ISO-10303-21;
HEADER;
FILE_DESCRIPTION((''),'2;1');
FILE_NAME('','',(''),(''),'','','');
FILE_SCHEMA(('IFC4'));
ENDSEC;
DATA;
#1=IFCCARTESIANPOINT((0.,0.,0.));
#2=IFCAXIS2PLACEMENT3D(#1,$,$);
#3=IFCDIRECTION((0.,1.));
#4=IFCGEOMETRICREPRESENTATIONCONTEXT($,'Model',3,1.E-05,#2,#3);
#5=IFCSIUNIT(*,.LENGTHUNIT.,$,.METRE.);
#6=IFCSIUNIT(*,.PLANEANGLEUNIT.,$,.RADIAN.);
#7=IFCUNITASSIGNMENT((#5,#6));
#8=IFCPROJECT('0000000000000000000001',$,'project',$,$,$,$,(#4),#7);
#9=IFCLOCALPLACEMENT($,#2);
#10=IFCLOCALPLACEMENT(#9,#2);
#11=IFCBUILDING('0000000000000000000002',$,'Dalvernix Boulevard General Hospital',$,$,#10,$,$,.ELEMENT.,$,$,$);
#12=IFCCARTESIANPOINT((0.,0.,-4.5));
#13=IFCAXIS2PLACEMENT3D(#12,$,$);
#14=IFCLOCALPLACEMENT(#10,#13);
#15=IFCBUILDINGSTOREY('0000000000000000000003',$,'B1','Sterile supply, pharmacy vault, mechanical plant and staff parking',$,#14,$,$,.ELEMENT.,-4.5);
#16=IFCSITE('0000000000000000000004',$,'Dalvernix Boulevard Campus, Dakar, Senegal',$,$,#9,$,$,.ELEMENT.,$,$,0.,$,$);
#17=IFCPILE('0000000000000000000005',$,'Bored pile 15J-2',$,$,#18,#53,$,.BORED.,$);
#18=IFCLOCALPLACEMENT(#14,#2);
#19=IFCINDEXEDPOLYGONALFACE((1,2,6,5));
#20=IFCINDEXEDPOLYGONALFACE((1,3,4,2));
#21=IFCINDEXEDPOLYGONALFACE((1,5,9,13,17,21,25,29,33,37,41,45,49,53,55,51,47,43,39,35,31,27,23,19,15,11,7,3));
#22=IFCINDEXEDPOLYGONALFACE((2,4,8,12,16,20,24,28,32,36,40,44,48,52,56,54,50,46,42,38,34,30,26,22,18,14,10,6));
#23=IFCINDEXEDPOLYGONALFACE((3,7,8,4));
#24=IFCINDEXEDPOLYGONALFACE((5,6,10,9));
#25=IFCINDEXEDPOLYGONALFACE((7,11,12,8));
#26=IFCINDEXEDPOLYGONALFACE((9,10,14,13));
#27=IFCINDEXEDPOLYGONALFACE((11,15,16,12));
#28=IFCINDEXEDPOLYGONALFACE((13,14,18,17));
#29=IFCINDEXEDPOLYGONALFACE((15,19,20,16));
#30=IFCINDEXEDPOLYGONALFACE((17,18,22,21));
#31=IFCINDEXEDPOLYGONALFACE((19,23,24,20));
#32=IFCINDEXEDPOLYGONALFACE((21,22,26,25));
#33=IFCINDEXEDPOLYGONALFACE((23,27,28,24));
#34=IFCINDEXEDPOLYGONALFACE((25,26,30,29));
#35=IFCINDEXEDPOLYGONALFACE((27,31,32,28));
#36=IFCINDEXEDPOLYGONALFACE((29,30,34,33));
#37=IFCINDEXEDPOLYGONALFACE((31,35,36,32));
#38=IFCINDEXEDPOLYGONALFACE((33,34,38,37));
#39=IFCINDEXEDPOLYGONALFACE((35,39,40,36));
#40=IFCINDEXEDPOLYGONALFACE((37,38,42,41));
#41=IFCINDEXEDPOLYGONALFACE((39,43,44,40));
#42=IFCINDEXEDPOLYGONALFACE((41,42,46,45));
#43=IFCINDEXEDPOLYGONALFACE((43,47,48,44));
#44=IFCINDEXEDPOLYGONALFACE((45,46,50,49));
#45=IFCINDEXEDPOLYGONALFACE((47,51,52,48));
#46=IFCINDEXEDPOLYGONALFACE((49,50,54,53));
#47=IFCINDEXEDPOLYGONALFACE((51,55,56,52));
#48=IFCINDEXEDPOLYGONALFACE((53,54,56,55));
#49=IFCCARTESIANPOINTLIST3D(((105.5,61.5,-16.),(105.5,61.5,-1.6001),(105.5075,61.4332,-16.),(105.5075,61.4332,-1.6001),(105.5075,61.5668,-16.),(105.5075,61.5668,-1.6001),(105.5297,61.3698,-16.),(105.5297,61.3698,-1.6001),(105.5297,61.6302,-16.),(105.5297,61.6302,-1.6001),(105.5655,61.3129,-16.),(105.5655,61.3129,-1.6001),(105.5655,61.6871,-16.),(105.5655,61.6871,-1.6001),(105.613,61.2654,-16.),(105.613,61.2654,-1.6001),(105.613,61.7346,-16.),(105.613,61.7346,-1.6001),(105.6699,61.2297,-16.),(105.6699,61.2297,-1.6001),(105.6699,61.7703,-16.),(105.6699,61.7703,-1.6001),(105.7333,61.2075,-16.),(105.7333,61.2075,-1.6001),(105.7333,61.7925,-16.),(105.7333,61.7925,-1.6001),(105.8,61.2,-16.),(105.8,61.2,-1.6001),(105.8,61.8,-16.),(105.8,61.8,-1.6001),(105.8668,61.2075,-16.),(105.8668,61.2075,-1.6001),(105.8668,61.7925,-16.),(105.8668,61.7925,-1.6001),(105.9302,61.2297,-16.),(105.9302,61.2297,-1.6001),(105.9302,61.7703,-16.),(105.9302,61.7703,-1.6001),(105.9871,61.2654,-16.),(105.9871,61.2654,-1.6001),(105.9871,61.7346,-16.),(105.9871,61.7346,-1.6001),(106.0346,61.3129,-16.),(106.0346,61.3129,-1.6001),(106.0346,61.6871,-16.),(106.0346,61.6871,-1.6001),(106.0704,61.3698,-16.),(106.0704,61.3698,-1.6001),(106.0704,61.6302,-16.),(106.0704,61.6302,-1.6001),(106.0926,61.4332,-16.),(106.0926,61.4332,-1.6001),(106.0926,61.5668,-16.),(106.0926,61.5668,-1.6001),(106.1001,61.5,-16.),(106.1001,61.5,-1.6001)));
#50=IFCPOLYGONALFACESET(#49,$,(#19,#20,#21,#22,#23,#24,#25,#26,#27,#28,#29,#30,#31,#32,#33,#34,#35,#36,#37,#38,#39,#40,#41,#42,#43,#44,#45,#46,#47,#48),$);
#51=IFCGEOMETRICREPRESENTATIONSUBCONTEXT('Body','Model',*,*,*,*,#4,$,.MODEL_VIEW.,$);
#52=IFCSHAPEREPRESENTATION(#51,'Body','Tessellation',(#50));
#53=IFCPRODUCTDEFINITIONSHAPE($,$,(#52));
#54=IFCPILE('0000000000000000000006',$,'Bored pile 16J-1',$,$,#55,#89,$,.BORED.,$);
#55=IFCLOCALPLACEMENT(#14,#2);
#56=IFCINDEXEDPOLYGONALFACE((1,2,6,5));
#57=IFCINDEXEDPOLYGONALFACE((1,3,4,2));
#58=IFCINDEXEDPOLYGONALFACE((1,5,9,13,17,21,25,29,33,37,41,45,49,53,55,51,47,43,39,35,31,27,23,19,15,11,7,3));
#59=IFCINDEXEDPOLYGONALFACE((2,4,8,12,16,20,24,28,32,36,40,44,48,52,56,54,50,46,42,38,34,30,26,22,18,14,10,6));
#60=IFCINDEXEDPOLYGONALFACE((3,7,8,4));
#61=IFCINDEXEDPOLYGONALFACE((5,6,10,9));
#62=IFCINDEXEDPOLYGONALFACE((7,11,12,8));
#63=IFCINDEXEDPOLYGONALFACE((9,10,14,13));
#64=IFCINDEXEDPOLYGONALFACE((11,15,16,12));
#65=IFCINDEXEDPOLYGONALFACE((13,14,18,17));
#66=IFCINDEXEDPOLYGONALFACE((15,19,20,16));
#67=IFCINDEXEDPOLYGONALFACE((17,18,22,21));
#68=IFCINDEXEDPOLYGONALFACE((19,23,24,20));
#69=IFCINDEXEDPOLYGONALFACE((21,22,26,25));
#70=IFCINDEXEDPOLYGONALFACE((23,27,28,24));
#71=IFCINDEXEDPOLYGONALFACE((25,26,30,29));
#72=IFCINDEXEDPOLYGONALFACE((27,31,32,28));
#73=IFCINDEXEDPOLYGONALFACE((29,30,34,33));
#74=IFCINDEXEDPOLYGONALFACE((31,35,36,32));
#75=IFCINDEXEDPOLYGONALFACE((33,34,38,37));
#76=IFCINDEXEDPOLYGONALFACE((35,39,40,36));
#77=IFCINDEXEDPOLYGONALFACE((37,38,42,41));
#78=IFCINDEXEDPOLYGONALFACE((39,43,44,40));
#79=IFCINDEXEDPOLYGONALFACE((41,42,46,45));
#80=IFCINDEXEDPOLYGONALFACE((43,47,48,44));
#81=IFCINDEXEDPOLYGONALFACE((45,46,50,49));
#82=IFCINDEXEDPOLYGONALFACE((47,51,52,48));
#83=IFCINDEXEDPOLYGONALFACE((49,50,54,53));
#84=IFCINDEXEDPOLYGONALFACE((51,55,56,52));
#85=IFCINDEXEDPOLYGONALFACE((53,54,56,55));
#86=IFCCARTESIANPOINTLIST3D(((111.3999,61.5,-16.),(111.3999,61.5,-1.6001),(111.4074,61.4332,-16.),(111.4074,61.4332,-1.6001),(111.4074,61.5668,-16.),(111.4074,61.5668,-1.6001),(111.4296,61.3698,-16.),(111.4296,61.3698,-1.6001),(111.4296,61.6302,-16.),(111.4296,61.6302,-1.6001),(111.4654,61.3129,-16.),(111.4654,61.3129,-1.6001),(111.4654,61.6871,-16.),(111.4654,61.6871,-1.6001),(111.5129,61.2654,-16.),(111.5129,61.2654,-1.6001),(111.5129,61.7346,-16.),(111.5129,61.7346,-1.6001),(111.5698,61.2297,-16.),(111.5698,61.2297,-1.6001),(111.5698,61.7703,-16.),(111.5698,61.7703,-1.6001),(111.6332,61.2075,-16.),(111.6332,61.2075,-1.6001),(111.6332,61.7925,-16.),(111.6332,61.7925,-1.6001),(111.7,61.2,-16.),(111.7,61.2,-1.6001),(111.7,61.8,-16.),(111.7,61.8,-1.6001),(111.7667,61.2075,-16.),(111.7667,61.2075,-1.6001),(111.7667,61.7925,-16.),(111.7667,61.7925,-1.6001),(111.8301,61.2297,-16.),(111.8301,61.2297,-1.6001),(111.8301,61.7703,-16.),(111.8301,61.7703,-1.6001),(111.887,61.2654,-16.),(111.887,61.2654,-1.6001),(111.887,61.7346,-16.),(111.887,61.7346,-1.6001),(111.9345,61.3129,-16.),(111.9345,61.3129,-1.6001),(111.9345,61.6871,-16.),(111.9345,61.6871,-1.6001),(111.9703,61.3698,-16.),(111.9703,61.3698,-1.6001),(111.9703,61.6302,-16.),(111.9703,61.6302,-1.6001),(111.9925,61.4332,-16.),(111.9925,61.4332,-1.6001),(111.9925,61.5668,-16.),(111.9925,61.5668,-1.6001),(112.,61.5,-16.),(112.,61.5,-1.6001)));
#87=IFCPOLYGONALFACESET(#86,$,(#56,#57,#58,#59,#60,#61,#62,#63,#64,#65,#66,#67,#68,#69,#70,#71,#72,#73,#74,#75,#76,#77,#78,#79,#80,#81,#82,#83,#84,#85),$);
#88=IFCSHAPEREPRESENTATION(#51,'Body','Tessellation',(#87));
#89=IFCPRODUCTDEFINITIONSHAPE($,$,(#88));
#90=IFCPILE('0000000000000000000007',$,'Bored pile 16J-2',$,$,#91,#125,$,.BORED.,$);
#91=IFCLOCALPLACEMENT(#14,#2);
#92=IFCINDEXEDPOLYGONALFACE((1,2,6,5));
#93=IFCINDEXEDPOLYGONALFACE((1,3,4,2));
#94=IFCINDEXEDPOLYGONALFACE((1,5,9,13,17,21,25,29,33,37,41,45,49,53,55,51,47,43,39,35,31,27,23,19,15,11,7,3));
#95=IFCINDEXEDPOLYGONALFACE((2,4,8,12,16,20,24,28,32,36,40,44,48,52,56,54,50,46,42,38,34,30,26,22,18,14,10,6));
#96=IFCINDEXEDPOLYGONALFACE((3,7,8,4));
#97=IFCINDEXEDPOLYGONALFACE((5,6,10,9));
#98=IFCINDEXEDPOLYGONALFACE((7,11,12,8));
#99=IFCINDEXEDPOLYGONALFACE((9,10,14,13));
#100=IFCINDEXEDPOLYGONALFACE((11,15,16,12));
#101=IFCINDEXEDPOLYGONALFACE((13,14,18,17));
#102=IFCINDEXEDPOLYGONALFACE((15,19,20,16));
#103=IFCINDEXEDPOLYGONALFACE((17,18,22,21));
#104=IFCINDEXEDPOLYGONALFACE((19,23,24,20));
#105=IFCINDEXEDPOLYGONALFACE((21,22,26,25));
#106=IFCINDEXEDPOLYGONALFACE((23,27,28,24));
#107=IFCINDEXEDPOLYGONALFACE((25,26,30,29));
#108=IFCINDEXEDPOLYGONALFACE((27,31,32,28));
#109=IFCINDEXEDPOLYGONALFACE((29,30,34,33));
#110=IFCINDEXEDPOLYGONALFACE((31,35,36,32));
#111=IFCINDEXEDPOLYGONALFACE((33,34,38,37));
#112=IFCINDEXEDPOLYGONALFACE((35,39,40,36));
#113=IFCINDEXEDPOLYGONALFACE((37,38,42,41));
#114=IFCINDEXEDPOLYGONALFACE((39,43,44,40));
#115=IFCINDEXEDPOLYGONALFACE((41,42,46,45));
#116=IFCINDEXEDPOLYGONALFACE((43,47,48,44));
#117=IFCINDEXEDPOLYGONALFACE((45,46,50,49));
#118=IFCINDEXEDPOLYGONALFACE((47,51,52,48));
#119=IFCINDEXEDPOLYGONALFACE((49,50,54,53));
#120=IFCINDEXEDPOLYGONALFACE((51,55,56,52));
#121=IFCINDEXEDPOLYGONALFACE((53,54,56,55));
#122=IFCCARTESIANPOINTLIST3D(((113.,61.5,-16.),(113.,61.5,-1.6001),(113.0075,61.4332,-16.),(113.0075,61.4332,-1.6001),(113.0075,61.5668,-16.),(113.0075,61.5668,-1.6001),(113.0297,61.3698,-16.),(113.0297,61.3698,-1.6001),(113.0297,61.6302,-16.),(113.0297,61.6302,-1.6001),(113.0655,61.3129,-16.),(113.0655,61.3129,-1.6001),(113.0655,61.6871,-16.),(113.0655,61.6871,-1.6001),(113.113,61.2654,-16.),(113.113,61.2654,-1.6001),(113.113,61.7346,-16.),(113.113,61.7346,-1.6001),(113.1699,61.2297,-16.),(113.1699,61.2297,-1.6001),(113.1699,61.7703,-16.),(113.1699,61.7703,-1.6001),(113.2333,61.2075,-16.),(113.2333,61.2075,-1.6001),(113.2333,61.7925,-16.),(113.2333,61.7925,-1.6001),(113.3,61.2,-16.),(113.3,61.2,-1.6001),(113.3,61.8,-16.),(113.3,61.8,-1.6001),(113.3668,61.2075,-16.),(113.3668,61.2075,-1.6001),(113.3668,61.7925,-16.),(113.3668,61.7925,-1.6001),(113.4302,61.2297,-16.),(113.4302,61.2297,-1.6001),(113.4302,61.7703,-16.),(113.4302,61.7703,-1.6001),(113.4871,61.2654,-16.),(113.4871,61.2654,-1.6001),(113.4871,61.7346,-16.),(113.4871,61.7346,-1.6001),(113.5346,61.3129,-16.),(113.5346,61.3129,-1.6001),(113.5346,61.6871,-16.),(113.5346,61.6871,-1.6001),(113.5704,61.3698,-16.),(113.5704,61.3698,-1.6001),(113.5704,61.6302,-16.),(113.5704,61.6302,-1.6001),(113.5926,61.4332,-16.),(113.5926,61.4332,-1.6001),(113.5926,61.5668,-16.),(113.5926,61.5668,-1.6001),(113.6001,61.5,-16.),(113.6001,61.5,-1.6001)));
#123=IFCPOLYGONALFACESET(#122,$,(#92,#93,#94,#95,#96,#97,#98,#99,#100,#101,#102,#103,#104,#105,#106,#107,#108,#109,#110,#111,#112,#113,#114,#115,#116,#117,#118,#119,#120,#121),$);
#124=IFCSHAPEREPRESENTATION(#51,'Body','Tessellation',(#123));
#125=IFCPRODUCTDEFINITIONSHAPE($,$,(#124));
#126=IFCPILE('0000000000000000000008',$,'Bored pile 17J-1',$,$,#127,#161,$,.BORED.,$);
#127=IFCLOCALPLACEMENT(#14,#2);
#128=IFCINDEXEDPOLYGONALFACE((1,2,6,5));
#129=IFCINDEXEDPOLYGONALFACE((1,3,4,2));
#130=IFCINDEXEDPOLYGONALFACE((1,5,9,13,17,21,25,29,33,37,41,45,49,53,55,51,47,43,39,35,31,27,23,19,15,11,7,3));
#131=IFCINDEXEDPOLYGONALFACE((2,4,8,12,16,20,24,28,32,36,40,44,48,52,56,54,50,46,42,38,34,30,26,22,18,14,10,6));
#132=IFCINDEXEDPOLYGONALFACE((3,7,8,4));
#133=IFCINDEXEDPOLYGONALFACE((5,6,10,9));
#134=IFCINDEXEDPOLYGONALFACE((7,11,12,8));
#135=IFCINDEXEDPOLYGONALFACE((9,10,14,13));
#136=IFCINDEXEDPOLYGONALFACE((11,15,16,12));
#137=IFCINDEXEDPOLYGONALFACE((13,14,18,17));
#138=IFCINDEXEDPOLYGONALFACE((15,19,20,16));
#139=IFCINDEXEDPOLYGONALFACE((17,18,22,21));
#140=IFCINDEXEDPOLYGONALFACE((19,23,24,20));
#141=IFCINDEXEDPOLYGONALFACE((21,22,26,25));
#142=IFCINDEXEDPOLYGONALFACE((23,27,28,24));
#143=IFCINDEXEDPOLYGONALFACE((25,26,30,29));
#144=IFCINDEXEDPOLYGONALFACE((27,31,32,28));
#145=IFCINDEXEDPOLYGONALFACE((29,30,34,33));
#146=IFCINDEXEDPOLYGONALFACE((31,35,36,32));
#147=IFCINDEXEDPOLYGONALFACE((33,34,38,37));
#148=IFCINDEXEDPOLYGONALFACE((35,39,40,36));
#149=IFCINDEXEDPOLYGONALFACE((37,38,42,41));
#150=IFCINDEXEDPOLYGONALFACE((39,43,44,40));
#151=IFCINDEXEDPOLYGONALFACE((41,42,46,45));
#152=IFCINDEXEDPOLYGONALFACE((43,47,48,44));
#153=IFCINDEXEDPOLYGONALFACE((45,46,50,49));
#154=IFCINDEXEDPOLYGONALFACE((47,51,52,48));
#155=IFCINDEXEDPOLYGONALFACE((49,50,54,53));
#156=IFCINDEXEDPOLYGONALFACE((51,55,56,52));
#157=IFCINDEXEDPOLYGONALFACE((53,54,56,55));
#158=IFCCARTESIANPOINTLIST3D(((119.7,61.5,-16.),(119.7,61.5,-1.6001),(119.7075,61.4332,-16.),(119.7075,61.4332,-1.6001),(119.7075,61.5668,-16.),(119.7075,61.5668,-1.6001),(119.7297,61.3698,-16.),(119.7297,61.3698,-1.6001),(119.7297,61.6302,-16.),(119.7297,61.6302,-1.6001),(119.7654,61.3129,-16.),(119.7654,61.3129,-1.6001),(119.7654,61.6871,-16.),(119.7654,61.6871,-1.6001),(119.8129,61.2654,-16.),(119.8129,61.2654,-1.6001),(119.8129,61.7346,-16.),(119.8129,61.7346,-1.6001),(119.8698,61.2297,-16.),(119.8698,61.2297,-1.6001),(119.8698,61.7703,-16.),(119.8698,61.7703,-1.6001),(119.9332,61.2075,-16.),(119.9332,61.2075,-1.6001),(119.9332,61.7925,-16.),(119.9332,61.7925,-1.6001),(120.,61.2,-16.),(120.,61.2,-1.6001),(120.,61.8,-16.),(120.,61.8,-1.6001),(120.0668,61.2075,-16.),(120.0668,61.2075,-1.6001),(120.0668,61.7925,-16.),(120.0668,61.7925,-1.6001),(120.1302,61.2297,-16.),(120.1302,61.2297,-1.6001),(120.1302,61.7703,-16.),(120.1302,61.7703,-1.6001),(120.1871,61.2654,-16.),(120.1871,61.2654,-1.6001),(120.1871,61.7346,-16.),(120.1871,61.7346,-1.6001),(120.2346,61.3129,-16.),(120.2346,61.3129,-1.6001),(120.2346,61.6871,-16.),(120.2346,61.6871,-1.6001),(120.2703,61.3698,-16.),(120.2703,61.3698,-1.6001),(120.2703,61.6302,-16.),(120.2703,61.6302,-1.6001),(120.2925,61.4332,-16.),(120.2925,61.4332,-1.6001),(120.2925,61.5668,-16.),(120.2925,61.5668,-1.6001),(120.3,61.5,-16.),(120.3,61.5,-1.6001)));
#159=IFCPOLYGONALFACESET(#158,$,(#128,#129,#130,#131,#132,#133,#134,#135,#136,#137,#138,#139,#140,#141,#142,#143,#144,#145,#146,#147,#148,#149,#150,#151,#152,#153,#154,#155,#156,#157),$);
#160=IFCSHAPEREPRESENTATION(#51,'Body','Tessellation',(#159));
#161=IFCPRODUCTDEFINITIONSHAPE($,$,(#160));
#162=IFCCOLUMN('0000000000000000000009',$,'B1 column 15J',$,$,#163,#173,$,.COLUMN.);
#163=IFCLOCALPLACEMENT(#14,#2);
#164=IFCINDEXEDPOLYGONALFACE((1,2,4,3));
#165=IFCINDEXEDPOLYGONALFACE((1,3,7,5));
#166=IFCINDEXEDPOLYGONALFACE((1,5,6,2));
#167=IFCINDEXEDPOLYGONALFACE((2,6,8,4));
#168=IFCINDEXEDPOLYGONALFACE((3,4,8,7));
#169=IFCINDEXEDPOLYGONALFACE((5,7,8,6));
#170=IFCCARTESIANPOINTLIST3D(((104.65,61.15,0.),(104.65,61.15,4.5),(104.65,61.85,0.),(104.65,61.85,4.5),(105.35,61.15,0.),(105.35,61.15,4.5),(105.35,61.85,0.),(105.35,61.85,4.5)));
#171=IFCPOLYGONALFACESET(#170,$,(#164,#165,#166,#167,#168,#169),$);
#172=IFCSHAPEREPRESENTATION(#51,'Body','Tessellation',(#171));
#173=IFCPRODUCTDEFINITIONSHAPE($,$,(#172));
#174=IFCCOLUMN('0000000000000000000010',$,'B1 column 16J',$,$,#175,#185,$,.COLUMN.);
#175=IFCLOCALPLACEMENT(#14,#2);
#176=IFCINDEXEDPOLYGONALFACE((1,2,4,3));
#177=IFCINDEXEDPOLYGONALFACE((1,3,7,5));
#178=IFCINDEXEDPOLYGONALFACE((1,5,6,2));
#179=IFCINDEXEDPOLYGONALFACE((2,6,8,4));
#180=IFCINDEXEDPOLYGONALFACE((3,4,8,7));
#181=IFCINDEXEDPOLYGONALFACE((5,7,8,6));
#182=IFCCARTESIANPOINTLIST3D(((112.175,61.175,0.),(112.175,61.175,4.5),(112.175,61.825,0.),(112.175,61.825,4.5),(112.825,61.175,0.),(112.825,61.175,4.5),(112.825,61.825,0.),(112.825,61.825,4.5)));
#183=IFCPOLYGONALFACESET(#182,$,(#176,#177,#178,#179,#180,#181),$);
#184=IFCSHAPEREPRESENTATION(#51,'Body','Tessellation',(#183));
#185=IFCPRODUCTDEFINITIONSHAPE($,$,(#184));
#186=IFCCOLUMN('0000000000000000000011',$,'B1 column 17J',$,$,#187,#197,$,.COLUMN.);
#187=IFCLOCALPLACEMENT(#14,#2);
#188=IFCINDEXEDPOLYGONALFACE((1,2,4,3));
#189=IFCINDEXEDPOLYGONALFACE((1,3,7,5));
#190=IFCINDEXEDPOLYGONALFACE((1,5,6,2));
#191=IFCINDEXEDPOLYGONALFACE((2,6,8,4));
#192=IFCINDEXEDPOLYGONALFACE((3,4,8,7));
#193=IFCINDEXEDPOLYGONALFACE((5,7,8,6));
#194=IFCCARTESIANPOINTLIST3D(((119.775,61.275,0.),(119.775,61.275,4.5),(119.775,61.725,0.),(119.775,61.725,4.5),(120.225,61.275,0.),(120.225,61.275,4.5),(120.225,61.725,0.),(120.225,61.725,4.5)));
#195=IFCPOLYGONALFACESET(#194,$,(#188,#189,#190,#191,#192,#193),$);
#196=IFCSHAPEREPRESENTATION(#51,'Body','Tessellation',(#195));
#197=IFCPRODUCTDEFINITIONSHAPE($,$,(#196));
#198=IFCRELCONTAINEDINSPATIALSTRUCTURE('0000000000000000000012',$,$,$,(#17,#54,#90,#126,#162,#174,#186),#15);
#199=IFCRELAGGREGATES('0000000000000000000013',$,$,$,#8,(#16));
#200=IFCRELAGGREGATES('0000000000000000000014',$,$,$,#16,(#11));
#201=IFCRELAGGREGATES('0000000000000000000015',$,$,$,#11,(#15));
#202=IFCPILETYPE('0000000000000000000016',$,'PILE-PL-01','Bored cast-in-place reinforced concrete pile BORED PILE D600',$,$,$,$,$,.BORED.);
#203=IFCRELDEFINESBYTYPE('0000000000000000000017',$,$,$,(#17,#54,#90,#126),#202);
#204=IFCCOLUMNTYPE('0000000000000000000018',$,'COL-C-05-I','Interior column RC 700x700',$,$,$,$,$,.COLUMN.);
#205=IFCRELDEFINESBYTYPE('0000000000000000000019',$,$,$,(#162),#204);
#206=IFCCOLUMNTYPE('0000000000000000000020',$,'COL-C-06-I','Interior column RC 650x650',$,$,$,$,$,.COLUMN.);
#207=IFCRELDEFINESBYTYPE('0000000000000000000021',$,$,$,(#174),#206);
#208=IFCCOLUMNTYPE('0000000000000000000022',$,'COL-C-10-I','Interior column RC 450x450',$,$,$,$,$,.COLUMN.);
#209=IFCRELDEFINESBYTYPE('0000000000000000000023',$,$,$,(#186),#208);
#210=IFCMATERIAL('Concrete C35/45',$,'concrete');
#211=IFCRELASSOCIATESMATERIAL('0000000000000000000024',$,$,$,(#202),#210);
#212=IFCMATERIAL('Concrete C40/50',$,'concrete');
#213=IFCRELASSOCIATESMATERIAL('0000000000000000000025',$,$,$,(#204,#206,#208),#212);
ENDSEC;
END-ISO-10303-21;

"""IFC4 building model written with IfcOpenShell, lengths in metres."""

from ifc_helpers import new_model, si_unit, direction, frame, origin, origin_2d, place, context, subcontext, project, spatial, rectangle, circle, extrude, material, material_profile, profile_set, type_object, element, save


model = new_model("IFC4")

# Units and contexts
model_context = context("Model", 3, precision=1e-05, world=origin(), true_north=direction((0.0, 1.0)))
body_context = subcontext(model_context, "Body", "Model", "MODEL_VIEW")
ifc_project = project(units=[si_unit("LENGTHUNIT", "METRE"), si_unit("PLANEANGLEUNIT", "RADIAN")], contexts=[model_context])

# Site, building, storey
site_placement = place(None, origin())
site = spatial("IfcSite", under=ifc_project, at=site_placement, Name="Dalvernix Boulevard Campus, Dakar, Senegal", CompositionType="ELEMENT", RefElevation=0.0)
building_placement = place(site_placement, origin())
building = spatial("IfcBuilding", under=site, at=building_placement, Name="Dalvernix Boulevard General Hospital", CompositionType="ELEMENT")
storey_placement = place(building_placement, frame((0.0, 0.0, -4.5)))
storey = spatial("IfcBuildingStorey", under=building, at=storey_placement, Name="B1", Description="Sterile supply, pharmacy vault, mechanical plant and staff parking", CompositionType="ELEMENT", Elevation=-4.5)

# Shared definitions
ifc_material_1 = material(Name="Concrete C35/45", Category="concrete")
ifc_material_2 = material(Name="Concrete C40/50", Category="concrete")

# Piles
ifc_material_profile_1 = material_profile(ifc_material_1, circle(Radius=0.3, at=origin_2d()), Name="BORED PILE D600")
ifc_profile_set_1 = profile_set([ifc_material_profile_1], Name="Concrete C35/45")
pile_type = type_object("IfcPileType", Name="PILE-PL-01", Description="Bored cast-in-place reinforced concrete pile BORED PILE D600", PredefinedType="BORED", material=ifc_profile_set_1)
for number, where, z_axis, x_axis, name in (
    (1, (105.8, 61.5, -1.6001), (0.0, 0.0, -1.0), (1.0, 0.0, 0.0), "Bored pile 15J-2"),
    (2, (111.7, 61.5, -1.6001), (0.0, 0.0, -1.0), (1.0, 0.0, 0.0), "Bored pile 16J-1"),
    (3, (113.3, 61.5, -1.6001), (0.0, 0.0, -1.0), (1.0, 0.0, 0.0), "Bored pile 16J-2"),
    (4, (120.0, 61.5, -1.6001), (0.0, 0.0, -1.0), (1.0, 0.0, 0.0), "Bored pile 17J-1"),
):
    element("IfcPile", number, at=place(storey_placement, frame(where, z_axis=z_axis, x_axis=x_axis)), inside=storey, type_object=pile_type, Name=name, PredefinedType="BORED", context=body_context, shape_type="SweptSolid", body=[
        extrude(circle(Radius=0.3, at=origin_2d()), origin(), (0.0, 0.0, 1.0), 14.3999),
    ])

# Columns
ifc_material_profile_2 = material_profile(ifc_material_2, rectangle(XDim=0.7, YDim=0.7, at=origin_2d()), Name="RC 700x700")
ifc_profile_set_2 = profile_set([ifc_material_profile_2], Name="Concrete C40/50")
column_type_1 = type_object("IfcColumnType", Name="COL-C-05-I", Description="Interior column RC 700x700", PredefinedType="COLUMN", material=ifc_profile_set_2)
column_1_placement = place(storey_placement, frame((105.0, 61.5, 0.0), z_axis=(0.0, 0.0, 1.0), x_axis=(1.0, 0.0, 0.0)))
element("IfcColumn", 5, at=column_1_placement, inside=storey, type_object=column_type_1, Name="B1 column 15J", PredefinedType="COLUMN", context=body_context, shape_type="SweptSolid", body=[
    extrude(rectangle(XDim=0.7, YDim=0.7, at=origin_2d()), origin(), (0.0, 0.0, 1.0), 4.5),
])
ifc_material_profile_3 = material_profile(ifc_material_2, rectangle(XDim=0.6499, YDim=0.6499, at=origin_2d()), Name="RC 650x650")
ifc_profile_set_3 = profile_set([ifc_material_profile_3], Name="Concrete C40/50")
column_type_2 = type_object("IfcColumnType", Name="COL-C-06-I", Description="Interior column RC 650x650", PredefinedType="COLUMN", material=ifc_profile_set_3)
column_2_placement = place(storey_placement, frame((112.5, 61.5, 0.0), z_axis=(0.0, 0.0, 1.0), x_axis=(1.0, 0.0, 0.0)))
element("IfcColumn", 6, at=column_2_placement, inside=storey, type_object=column_type_2, Name="B1 column 16J", PredefinedType="COLUMN", context=body_context, shape_type="SweptSolid", body=[
    extrude(rectangle(XDim=0.6499, YDim=0.6499, at=origin_2d()), origin(), (0.0, 0.0, 1.0), 4.5),
])
ifc_material_profile_4 = material_profile(ifc_material_2, rectangle(XDim=0.45, YDim=0.45, at=origin_2d()), Name="RC 450x450")
ifc_profile_set_4 = profile_set([ifc_material_profile_4], Name="Concrete C40/50")
column_type_3 = type_object("IfcColumnType", Name="COL-C-10-I", Description="Interior column RC 450x450", PredefinedType="COLUMN", material=ifc_profile_set_4)
column_3_placement = place(storey_placement, frame((120.0, 61.5, 0.0), z_axis=(0.0, 0.0, 1.0), x_axis=(1.0, 0.0, 0.0)))
element("IfcColumn", 7, at=column_3_placement, inside=storey, type_object=column_type_3, Name="B1 column 17J", PredefinedType="COLUMN", context=body_context, shape_type="SweptSolid", body=[
    extrude(rectangle(XDim=0.45, YDim=0.45, at=origin_2d()), origin(), (0.0, 0.0, 1.0), 4.5),
])

save(model, "model.ifc")
